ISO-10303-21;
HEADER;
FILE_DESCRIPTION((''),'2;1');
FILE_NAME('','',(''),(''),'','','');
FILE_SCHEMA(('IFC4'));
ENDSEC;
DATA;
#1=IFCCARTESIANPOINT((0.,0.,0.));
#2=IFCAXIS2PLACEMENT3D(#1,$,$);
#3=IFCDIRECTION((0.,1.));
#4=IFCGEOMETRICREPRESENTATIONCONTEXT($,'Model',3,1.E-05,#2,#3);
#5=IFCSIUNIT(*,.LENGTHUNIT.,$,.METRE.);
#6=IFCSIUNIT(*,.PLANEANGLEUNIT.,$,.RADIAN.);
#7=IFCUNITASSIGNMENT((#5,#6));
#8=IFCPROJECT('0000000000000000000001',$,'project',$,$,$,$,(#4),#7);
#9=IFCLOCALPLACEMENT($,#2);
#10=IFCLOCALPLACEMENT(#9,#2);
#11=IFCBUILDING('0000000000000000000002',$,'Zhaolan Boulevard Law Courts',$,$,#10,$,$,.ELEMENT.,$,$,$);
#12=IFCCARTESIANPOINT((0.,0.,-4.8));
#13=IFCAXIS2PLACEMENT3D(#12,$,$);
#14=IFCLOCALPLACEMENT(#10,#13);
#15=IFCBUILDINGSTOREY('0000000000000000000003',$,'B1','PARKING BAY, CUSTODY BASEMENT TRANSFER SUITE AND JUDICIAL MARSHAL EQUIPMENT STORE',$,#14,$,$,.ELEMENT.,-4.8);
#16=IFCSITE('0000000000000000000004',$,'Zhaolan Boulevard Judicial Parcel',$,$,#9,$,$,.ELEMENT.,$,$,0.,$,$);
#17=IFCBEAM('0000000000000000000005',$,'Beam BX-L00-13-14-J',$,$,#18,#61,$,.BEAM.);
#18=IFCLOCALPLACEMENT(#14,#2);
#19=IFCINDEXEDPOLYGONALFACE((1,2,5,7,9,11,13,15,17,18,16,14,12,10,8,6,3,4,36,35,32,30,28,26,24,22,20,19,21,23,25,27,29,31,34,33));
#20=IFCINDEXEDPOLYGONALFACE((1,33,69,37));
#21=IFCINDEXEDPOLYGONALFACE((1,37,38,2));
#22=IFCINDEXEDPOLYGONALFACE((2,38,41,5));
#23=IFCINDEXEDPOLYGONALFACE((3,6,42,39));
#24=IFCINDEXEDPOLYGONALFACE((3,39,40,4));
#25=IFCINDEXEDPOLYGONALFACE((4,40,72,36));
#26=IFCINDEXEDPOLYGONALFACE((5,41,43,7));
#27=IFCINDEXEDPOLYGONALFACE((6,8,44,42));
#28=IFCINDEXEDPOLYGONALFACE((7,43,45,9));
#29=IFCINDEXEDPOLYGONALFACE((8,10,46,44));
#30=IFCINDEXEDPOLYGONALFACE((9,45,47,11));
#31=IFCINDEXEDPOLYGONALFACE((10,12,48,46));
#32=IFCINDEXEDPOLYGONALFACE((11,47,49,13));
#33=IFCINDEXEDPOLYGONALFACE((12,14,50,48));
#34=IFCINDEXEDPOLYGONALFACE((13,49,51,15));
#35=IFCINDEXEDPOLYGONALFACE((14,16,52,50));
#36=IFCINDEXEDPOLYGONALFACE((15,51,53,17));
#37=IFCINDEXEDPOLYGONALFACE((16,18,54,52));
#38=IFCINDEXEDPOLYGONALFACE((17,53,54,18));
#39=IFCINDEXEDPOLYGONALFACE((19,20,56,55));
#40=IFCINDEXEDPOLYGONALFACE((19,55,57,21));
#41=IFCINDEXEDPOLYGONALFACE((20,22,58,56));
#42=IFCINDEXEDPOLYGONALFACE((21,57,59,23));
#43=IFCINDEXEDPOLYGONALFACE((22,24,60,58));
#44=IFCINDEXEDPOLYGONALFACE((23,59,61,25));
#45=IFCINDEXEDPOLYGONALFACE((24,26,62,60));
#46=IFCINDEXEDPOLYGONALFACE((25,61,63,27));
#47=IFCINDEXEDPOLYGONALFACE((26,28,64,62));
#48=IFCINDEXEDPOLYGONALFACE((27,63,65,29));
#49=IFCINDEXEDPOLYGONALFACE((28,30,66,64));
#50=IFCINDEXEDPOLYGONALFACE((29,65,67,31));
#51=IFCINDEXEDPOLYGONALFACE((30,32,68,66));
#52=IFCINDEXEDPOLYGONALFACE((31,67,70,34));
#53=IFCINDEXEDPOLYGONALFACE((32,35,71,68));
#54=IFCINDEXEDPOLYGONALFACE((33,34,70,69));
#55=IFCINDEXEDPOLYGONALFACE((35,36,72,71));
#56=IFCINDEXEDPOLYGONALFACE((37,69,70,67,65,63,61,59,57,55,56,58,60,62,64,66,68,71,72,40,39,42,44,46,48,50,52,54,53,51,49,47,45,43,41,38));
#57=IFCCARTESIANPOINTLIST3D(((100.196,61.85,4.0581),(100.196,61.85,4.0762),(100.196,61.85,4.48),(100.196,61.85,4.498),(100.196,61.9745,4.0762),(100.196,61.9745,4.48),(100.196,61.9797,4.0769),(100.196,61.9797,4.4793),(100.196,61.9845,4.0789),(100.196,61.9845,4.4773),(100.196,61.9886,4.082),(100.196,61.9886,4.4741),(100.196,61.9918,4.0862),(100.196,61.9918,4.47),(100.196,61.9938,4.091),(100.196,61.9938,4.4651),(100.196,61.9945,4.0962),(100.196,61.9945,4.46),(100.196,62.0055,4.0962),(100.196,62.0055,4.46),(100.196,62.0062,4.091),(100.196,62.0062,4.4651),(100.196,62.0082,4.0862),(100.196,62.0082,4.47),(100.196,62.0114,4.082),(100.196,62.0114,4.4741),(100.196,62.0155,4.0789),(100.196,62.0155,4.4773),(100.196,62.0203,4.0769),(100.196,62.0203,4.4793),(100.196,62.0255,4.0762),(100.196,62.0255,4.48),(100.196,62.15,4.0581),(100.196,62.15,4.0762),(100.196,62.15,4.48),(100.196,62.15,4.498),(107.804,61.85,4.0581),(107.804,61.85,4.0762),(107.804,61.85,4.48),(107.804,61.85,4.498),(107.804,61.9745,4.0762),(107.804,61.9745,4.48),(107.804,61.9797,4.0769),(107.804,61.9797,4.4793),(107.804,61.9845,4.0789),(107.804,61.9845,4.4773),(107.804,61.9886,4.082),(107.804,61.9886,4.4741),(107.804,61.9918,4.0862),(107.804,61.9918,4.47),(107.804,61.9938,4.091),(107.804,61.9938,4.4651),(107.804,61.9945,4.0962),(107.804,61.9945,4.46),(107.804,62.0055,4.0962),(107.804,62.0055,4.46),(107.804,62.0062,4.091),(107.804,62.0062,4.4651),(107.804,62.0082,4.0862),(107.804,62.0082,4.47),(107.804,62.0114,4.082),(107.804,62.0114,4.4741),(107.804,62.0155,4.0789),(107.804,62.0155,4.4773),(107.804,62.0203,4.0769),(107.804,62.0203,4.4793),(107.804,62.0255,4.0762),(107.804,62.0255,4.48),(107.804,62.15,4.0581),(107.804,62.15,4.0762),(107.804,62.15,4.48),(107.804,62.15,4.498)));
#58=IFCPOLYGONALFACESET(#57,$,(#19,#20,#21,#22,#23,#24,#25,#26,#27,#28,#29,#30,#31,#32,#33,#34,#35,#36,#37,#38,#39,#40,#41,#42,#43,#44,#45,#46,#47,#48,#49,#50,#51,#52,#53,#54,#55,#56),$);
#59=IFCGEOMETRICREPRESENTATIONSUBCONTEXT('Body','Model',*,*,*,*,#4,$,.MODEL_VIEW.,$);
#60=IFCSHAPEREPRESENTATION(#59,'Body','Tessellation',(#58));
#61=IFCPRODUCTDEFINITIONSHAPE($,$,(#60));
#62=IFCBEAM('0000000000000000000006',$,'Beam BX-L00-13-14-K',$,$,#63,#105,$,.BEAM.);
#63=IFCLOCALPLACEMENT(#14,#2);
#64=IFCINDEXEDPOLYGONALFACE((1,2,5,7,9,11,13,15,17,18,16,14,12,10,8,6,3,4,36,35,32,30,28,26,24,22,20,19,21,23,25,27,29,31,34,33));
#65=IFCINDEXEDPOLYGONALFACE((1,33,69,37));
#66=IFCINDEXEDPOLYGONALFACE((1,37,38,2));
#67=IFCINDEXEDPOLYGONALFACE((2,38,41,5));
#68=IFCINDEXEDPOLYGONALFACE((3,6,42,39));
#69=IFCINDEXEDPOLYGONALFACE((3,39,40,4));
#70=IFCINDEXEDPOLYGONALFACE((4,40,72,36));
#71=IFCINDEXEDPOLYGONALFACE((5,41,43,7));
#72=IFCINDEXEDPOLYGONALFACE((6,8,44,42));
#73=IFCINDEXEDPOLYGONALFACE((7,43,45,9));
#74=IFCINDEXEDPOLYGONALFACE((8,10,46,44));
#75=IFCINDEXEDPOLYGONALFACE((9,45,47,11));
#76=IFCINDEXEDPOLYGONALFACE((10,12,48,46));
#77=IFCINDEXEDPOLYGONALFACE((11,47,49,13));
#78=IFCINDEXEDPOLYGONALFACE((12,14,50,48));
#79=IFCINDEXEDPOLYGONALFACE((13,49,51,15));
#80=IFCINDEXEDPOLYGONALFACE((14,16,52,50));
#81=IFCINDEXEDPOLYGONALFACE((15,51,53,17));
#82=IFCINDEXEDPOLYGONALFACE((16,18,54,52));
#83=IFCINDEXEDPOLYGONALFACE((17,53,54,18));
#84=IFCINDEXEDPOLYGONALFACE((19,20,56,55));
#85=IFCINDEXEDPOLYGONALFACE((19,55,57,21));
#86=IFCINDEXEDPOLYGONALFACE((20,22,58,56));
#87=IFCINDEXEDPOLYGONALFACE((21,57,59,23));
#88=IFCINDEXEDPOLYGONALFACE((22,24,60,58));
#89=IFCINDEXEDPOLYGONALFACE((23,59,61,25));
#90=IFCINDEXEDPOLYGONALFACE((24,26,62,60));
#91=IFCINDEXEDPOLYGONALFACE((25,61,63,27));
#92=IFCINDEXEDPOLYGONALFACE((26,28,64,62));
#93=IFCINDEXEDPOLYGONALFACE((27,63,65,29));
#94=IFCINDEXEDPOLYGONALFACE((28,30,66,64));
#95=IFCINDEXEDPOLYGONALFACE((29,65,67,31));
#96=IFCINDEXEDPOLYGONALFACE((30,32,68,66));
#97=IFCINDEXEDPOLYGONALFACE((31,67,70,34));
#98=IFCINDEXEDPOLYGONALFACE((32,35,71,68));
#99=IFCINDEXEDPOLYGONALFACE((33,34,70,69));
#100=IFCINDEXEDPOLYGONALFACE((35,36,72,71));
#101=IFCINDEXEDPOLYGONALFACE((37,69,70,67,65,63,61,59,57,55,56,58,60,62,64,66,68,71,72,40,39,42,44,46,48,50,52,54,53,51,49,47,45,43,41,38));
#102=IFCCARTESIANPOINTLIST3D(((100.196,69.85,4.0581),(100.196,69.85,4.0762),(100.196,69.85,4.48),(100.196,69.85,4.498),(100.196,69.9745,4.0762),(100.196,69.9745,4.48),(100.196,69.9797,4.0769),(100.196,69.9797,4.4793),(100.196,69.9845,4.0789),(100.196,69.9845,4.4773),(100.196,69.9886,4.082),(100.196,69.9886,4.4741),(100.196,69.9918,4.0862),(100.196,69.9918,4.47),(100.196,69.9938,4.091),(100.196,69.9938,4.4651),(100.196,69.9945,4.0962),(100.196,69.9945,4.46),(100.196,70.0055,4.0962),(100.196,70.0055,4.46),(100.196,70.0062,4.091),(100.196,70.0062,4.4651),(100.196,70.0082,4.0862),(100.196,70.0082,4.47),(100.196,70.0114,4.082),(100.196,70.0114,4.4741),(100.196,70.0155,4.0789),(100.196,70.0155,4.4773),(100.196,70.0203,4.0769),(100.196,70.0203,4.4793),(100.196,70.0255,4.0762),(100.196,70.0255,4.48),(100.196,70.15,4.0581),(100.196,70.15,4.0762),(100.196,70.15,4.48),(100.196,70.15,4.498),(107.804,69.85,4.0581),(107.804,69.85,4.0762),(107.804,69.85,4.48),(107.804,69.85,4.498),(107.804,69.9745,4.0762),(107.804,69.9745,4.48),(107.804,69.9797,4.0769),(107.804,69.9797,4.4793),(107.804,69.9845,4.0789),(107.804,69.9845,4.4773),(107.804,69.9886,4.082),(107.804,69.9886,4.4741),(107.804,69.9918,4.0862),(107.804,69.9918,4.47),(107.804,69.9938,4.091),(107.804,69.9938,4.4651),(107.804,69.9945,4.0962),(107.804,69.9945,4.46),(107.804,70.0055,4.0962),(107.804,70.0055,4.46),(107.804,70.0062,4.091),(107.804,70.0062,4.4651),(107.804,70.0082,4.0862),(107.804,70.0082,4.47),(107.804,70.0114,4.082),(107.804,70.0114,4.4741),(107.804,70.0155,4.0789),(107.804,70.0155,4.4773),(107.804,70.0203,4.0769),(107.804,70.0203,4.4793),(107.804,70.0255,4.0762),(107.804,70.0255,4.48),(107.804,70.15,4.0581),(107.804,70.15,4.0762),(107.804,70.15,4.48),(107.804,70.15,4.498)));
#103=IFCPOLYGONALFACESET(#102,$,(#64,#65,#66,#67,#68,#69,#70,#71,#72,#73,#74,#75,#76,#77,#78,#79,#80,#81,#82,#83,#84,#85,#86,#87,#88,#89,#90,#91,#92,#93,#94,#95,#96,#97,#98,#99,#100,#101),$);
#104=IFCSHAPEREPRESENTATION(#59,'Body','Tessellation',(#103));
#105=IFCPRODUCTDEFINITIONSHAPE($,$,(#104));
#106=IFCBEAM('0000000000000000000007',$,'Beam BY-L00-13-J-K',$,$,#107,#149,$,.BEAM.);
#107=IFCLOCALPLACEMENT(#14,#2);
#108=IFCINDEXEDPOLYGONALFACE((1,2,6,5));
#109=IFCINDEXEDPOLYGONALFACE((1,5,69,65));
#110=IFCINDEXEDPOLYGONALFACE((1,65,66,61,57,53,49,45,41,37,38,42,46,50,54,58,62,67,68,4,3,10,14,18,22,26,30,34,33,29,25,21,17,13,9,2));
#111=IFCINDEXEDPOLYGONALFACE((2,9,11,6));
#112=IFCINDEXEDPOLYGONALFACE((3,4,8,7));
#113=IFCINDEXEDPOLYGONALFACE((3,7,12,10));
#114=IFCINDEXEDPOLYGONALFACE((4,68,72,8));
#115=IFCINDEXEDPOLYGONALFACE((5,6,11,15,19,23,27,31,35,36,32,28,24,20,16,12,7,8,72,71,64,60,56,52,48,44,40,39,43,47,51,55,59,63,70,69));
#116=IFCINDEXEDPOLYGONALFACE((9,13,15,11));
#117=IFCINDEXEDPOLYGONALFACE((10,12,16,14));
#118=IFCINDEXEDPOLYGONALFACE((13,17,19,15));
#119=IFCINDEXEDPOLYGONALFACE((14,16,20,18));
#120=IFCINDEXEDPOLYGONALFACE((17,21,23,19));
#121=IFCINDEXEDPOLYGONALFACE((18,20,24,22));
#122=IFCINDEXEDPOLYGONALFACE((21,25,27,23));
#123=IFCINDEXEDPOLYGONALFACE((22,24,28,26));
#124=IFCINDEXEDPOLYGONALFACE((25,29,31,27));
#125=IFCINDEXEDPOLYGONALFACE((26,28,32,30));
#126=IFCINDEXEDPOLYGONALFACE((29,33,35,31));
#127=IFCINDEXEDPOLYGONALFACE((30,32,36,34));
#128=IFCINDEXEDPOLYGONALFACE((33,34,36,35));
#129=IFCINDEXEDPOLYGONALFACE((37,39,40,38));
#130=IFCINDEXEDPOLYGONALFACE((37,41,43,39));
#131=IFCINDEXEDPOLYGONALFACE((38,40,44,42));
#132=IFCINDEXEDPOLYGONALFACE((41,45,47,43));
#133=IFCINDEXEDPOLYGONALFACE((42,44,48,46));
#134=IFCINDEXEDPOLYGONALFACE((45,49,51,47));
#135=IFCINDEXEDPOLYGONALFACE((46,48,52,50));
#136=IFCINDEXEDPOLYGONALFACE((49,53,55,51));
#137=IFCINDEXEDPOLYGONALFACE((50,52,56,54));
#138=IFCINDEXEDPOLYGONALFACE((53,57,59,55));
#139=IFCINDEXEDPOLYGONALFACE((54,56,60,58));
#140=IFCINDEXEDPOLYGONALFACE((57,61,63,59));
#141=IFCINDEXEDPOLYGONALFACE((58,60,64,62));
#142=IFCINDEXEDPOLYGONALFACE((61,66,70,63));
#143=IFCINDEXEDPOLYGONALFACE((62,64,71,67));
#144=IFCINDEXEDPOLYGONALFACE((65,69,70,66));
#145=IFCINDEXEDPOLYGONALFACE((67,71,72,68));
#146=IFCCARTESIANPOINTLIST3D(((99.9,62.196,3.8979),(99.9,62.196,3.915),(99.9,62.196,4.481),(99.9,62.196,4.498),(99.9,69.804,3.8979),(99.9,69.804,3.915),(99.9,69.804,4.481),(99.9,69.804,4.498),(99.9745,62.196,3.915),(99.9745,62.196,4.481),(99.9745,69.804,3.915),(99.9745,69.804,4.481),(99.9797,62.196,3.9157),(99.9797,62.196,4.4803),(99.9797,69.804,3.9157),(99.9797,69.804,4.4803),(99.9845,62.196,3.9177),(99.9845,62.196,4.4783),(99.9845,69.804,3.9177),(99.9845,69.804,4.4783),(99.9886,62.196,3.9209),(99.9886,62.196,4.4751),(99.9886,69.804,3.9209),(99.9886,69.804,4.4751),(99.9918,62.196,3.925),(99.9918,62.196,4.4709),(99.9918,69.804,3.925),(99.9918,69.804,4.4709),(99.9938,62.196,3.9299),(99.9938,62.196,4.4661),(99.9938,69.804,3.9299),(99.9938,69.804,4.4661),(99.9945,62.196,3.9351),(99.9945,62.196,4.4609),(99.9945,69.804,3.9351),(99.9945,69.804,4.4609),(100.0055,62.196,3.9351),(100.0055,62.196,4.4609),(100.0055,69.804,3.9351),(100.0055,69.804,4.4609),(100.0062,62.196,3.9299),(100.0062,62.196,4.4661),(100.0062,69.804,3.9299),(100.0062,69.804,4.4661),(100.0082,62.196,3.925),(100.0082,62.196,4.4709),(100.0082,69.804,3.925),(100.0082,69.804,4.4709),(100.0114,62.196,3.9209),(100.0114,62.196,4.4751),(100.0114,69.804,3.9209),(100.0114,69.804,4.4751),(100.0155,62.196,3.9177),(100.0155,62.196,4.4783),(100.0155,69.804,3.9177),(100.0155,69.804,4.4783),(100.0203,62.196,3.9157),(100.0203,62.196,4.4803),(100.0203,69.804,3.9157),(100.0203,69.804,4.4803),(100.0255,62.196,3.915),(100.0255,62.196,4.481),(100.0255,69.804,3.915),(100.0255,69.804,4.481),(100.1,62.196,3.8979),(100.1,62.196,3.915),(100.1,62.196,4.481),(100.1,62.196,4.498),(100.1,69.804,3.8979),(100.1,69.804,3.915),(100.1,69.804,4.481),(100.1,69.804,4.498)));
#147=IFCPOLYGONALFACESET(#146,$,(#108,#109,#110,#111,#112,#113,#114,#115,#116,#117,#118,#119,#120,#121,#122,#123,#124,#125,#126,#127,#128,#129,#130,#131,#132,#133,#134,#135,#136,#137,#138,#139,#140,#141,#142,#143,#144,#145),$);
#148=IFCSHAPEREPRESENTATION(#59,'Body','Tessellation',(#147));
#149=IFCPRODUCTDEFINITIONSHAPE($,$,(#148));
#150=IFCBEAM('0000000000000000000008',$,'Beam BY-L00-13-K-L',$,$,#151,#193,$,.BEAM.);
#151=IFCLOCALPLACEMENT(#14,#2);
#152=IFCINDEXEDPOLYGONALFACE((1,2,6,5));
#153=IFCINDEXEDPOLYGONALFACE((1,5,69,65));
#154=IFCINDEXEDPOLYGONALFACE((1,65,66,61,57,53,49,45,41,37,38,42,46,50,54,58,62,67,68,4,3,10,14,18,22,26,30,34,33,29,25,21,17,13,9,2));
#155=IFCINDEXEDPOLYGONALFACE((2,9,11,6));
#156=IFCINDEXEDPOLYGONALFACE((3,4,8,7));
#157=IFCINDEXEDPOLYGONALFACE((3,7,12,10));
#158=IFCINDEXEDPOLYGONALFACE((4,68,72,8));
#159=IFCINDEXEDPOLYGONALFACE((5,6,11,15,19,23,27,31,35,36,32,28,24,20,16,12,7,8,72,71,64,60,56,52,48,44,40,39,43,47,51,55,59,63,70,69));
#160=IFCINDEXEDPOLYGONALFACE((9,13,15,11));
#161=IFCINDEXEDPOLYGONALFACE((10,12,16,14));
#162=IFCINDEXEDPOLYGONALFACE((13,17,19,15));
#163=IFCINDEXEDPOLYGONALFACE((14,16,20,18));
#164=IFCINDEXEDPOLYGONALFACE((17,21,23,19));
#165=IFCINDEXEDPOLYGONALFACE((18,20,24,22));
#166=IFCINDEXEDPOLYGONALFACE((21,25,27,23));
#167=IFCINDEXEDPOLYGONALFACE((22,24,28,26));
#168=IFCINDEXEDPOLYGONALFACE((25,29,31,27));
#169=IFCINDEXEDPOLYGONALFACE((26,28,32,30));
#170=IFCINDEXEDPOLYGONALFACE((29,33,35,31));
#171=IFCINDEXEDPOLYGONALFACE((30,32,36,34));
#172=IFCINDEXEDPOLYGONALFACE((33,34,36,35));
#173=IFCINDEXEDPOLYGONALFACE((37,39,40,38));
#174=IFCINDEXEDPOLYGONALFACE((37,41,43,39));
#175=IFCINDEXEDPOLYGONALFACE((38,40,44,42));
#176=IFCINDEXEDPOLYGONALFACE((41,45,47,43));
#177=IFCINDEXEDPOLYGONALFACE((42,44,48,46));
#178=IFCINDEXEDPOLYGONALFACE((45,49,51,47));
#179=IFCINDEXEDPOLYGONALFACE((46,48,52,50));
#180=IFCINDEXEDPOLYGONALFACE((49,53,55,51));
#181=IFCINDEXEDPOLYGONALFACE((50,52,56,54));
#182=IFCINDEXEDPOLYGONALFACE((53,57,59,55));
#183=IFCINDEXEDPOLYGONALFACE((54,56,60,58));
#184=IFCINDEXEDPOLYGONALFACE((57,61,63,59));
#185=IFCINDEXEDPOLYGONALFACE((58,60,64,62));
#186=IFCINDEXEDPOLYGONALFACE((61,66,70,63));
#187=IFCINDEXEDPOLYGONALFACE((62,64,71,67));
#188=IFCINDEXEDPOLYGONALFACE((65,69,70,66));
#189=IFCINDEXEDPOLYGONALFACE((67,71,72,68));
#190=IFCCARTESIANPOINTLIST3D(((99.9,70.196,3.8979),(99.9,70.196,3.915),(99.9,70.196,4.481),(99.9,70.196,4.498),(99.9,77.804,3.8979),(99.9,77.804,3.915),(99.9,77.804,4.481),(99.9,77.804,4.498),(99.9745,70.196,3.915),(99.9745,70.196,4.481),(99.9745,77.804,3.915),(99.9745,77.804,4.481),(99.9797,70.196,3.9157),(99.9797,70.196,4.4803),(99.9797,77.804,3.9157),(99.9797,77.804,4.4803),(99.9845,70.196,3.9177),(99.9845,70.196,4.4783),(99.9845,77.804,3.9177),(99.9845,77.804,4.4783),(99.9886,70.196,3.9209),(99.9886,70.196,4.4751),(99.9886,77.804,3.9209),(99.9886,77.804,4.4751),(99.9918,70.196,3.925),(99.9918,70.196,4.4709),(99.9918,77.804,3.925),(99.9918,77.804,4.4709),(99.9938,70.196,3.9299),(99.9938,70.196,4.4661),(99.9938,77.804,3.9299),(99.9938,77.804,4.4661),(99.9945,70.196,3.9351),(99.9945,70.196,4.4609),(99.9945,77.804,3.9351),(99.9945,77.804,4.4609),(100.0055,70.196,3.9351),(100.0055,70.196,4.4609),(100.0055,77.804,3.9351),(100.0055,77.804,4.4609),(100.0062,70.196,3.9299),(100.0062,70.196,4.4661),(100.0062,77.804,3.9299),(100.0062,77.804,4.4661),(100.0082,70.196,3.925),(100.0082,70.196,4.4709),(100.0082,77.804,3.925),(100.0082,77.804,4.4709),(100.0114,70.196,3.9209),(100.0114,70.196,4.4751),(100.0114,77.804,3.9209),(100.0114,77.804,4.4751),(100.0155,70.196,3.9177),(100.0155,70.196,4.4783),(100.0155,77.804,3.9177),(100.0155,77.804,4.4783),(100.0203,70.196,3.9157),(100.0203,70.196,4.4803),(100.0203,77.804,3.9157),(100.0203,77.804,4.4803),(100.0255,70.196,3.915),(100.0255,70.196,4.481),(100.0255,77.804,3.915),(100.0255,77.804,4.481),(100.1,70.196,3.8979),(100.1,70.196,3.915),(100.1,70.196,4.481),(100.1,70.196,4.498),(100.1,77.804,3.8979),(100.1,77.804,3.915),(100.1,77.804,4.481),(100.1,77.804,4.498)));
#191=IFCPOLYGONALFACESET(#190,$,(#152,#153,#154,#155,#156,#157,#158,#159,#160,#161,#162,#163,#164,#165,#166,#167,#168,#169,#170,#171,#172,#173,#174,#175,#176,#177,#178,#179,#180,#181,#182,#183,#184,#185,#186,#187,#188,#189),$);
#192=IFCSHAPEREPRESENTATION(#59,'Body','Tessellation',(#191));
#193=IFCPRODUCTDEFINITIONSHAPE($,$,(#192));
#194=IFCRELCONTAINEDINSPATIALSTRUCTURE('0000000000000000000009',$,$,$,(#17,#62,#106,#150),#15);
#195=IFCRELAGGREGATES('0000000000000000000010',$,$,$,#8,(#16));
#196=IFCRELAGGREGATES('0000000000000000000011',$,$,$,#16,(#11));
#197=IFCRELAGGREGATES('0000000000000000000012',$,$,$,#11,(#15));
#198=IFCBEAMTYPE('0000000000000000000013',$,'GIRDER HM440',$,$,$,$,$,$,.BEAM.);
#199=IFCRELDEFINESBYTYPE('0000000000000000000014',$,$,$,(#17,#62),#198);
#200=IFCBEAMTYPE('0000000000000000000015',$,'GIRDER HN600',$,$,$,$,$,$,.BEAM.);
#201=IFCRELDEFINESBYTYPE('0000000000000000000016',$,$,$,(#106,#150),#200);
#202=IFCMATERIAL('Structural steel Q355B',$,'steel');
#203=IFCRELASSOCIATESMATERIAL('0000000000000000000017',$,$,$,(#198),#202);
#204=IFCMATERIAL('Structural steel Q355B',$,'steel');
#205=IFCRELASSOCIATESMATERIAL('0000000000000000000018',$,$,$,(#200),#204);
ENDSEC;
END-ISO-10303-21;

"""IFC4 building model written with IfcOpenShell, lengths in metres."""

from ifc_helpers import new_model, si_unit, direction, frame, origin, origin_2d, place, context, subcontext, project, spatial, i_section, extrude, material, material_profile, profile_set, type_object, element, save


model = new_model("IFC4")

# Units and contexts
model_context = context("Model", 3, precision=1e-05, world=origin(), true_north=direction((0.0, 1.0)))
body_context = subcontext(model_context, "Body", "Model", "MODEL_VIEW")
ifc_project = project(units=[si_unit("LENGTHUNIT", "METRE"), si_unit("PLANEANGLEUNIT", "RADIAN")], contexts=[model_context])

# Site, building, storey
site_placement = place(None, origin())
site = spatial("IfcSite", under=ifc_project, at=site_placement, Name="Zhaolan Boulevard Judicial Parcel", CompositionType="ELEMENT", RefElevation=0.0)
building_placement = place(site_placement, origin())
building = spatial("IfcBuilding", under=site, at=building_placement, Name="Zhaolan Boulevard Law Courts", CompositionType="ELEMENT")
storey_placement = place(building_placement, frame((0.0, 0.0, -4.8)))
storey = spatial("IfcBuildingStorey", under=building, at=storey_placement, Name="B1", Description="PARKING BAY, CUSTODY BASEMENT TRANSFER SUITE AND JUDICIAL MARSHAL EQUIPMENT STORE", CompositionType="ELEMENT", Elevation=-4.8)

# Beams
ifc_material_1 = material(Name="Structural steel Q355B", Category="steel")
ifc_material_profile_1 = material_profile(ifc_material_1, i_section(OverallWidth=0.3, OverallDepth=0.4399, WebThickness=0.011, FlangeThickness=0.0181, FilletRadius=0.02, at=origin_2d()), Name="HM440x300")
ifc_profile_set_1 = profile_set([ifc_material_profile_1], Name="Structural steel Q355B")
beam_type_1 = type_object("IfcBeamType", Name="GIRDER HM440", PredefinedType="BEAM", material=ifc_profile_set_1)
for number, where, z_axis, x_axis, name in (
    (1, (100.196, 62.0, 4.2781), (1.0, 0.0, 0.0), (0.0, 1.0, 0.0), "Beam BX-L00-13-14-J"),
    (2, (100.196, 70.0, 4.2781), (1.0, 0.0, 0.0), (0.0, 1.0, 0.0), "Beam BX-L00-13-14-K"),
):
    element("IfcBeam", number, at=place(storey_placement, frame(where, z_axis=z_axis, x_axis=x_axis)), inside=storey, type_object=beam_type_1, Name=name, PredefinedType="BEAM", context=body_context, shape_type="SweptSolid", body=[
        extrude(i_section(OverallWidth=0.3, OverallDepth=0.4399, WebThickness=0.011, FlangeThickness=0.0181, FilletRadius=0.02, at=origin_2d()), origin(), (0.0, 0.0, 1.0), 7.6079),
    ])
ifc_material_2 = material(Name="Structural steel Q355B", Category="steel")
ifc_material_profile_2 = material_profile(ifc_material_2, i_section(OverallWidth=0.2, OverallDepth=0.6001, WebThickness=0.011, FlangeThickness=0.0171, FilletRadius=0.02, at=origin_2d()), Name="HN600x200")
ifc_profile_set_2 = profile_set([ifc_material_profile_2], Name="Structural steel Q355B")
beam_type_2 = type_object("IfcBeamType", Name="GIRDER HN600", PredefinedType="BEAM", material=ifc_profile_set_2)
for number, where, z_axis, x_axis, name in (
    (3, (100.0, 62.196, 4.198), (0.0, 1.0, 0.0), (-1.0, 0.0, 0.0), "Beam BY-L00-13-J-K"),
    (4, (100.0, 70.196, 4.198), (0.0, 1.0, 0.0), (-1.0, 0.0, 0.0), "Beam BY-L00-13-K-L"),
):
    element("IfcBeam", number, at=place(storey_placement, frame(where, z_axis=z_axis, x_axis=x_axis)), inside=storey, type_object=beam_type_2, Name=name, PredefinedType="BEAM", context=body_context, shape_type="SweptSolid", body=[
        extrude(i_section(OverallWidth=0.2, OverallDepth=0.6001, WebThickness=0.011, FlangeThickness=0.0171, FilletRadius=0.02, at=origin_2d()), origin(), (0.0, 0.0, 1.0), 7.6079),
    ])

save(model, "model.ifc")
